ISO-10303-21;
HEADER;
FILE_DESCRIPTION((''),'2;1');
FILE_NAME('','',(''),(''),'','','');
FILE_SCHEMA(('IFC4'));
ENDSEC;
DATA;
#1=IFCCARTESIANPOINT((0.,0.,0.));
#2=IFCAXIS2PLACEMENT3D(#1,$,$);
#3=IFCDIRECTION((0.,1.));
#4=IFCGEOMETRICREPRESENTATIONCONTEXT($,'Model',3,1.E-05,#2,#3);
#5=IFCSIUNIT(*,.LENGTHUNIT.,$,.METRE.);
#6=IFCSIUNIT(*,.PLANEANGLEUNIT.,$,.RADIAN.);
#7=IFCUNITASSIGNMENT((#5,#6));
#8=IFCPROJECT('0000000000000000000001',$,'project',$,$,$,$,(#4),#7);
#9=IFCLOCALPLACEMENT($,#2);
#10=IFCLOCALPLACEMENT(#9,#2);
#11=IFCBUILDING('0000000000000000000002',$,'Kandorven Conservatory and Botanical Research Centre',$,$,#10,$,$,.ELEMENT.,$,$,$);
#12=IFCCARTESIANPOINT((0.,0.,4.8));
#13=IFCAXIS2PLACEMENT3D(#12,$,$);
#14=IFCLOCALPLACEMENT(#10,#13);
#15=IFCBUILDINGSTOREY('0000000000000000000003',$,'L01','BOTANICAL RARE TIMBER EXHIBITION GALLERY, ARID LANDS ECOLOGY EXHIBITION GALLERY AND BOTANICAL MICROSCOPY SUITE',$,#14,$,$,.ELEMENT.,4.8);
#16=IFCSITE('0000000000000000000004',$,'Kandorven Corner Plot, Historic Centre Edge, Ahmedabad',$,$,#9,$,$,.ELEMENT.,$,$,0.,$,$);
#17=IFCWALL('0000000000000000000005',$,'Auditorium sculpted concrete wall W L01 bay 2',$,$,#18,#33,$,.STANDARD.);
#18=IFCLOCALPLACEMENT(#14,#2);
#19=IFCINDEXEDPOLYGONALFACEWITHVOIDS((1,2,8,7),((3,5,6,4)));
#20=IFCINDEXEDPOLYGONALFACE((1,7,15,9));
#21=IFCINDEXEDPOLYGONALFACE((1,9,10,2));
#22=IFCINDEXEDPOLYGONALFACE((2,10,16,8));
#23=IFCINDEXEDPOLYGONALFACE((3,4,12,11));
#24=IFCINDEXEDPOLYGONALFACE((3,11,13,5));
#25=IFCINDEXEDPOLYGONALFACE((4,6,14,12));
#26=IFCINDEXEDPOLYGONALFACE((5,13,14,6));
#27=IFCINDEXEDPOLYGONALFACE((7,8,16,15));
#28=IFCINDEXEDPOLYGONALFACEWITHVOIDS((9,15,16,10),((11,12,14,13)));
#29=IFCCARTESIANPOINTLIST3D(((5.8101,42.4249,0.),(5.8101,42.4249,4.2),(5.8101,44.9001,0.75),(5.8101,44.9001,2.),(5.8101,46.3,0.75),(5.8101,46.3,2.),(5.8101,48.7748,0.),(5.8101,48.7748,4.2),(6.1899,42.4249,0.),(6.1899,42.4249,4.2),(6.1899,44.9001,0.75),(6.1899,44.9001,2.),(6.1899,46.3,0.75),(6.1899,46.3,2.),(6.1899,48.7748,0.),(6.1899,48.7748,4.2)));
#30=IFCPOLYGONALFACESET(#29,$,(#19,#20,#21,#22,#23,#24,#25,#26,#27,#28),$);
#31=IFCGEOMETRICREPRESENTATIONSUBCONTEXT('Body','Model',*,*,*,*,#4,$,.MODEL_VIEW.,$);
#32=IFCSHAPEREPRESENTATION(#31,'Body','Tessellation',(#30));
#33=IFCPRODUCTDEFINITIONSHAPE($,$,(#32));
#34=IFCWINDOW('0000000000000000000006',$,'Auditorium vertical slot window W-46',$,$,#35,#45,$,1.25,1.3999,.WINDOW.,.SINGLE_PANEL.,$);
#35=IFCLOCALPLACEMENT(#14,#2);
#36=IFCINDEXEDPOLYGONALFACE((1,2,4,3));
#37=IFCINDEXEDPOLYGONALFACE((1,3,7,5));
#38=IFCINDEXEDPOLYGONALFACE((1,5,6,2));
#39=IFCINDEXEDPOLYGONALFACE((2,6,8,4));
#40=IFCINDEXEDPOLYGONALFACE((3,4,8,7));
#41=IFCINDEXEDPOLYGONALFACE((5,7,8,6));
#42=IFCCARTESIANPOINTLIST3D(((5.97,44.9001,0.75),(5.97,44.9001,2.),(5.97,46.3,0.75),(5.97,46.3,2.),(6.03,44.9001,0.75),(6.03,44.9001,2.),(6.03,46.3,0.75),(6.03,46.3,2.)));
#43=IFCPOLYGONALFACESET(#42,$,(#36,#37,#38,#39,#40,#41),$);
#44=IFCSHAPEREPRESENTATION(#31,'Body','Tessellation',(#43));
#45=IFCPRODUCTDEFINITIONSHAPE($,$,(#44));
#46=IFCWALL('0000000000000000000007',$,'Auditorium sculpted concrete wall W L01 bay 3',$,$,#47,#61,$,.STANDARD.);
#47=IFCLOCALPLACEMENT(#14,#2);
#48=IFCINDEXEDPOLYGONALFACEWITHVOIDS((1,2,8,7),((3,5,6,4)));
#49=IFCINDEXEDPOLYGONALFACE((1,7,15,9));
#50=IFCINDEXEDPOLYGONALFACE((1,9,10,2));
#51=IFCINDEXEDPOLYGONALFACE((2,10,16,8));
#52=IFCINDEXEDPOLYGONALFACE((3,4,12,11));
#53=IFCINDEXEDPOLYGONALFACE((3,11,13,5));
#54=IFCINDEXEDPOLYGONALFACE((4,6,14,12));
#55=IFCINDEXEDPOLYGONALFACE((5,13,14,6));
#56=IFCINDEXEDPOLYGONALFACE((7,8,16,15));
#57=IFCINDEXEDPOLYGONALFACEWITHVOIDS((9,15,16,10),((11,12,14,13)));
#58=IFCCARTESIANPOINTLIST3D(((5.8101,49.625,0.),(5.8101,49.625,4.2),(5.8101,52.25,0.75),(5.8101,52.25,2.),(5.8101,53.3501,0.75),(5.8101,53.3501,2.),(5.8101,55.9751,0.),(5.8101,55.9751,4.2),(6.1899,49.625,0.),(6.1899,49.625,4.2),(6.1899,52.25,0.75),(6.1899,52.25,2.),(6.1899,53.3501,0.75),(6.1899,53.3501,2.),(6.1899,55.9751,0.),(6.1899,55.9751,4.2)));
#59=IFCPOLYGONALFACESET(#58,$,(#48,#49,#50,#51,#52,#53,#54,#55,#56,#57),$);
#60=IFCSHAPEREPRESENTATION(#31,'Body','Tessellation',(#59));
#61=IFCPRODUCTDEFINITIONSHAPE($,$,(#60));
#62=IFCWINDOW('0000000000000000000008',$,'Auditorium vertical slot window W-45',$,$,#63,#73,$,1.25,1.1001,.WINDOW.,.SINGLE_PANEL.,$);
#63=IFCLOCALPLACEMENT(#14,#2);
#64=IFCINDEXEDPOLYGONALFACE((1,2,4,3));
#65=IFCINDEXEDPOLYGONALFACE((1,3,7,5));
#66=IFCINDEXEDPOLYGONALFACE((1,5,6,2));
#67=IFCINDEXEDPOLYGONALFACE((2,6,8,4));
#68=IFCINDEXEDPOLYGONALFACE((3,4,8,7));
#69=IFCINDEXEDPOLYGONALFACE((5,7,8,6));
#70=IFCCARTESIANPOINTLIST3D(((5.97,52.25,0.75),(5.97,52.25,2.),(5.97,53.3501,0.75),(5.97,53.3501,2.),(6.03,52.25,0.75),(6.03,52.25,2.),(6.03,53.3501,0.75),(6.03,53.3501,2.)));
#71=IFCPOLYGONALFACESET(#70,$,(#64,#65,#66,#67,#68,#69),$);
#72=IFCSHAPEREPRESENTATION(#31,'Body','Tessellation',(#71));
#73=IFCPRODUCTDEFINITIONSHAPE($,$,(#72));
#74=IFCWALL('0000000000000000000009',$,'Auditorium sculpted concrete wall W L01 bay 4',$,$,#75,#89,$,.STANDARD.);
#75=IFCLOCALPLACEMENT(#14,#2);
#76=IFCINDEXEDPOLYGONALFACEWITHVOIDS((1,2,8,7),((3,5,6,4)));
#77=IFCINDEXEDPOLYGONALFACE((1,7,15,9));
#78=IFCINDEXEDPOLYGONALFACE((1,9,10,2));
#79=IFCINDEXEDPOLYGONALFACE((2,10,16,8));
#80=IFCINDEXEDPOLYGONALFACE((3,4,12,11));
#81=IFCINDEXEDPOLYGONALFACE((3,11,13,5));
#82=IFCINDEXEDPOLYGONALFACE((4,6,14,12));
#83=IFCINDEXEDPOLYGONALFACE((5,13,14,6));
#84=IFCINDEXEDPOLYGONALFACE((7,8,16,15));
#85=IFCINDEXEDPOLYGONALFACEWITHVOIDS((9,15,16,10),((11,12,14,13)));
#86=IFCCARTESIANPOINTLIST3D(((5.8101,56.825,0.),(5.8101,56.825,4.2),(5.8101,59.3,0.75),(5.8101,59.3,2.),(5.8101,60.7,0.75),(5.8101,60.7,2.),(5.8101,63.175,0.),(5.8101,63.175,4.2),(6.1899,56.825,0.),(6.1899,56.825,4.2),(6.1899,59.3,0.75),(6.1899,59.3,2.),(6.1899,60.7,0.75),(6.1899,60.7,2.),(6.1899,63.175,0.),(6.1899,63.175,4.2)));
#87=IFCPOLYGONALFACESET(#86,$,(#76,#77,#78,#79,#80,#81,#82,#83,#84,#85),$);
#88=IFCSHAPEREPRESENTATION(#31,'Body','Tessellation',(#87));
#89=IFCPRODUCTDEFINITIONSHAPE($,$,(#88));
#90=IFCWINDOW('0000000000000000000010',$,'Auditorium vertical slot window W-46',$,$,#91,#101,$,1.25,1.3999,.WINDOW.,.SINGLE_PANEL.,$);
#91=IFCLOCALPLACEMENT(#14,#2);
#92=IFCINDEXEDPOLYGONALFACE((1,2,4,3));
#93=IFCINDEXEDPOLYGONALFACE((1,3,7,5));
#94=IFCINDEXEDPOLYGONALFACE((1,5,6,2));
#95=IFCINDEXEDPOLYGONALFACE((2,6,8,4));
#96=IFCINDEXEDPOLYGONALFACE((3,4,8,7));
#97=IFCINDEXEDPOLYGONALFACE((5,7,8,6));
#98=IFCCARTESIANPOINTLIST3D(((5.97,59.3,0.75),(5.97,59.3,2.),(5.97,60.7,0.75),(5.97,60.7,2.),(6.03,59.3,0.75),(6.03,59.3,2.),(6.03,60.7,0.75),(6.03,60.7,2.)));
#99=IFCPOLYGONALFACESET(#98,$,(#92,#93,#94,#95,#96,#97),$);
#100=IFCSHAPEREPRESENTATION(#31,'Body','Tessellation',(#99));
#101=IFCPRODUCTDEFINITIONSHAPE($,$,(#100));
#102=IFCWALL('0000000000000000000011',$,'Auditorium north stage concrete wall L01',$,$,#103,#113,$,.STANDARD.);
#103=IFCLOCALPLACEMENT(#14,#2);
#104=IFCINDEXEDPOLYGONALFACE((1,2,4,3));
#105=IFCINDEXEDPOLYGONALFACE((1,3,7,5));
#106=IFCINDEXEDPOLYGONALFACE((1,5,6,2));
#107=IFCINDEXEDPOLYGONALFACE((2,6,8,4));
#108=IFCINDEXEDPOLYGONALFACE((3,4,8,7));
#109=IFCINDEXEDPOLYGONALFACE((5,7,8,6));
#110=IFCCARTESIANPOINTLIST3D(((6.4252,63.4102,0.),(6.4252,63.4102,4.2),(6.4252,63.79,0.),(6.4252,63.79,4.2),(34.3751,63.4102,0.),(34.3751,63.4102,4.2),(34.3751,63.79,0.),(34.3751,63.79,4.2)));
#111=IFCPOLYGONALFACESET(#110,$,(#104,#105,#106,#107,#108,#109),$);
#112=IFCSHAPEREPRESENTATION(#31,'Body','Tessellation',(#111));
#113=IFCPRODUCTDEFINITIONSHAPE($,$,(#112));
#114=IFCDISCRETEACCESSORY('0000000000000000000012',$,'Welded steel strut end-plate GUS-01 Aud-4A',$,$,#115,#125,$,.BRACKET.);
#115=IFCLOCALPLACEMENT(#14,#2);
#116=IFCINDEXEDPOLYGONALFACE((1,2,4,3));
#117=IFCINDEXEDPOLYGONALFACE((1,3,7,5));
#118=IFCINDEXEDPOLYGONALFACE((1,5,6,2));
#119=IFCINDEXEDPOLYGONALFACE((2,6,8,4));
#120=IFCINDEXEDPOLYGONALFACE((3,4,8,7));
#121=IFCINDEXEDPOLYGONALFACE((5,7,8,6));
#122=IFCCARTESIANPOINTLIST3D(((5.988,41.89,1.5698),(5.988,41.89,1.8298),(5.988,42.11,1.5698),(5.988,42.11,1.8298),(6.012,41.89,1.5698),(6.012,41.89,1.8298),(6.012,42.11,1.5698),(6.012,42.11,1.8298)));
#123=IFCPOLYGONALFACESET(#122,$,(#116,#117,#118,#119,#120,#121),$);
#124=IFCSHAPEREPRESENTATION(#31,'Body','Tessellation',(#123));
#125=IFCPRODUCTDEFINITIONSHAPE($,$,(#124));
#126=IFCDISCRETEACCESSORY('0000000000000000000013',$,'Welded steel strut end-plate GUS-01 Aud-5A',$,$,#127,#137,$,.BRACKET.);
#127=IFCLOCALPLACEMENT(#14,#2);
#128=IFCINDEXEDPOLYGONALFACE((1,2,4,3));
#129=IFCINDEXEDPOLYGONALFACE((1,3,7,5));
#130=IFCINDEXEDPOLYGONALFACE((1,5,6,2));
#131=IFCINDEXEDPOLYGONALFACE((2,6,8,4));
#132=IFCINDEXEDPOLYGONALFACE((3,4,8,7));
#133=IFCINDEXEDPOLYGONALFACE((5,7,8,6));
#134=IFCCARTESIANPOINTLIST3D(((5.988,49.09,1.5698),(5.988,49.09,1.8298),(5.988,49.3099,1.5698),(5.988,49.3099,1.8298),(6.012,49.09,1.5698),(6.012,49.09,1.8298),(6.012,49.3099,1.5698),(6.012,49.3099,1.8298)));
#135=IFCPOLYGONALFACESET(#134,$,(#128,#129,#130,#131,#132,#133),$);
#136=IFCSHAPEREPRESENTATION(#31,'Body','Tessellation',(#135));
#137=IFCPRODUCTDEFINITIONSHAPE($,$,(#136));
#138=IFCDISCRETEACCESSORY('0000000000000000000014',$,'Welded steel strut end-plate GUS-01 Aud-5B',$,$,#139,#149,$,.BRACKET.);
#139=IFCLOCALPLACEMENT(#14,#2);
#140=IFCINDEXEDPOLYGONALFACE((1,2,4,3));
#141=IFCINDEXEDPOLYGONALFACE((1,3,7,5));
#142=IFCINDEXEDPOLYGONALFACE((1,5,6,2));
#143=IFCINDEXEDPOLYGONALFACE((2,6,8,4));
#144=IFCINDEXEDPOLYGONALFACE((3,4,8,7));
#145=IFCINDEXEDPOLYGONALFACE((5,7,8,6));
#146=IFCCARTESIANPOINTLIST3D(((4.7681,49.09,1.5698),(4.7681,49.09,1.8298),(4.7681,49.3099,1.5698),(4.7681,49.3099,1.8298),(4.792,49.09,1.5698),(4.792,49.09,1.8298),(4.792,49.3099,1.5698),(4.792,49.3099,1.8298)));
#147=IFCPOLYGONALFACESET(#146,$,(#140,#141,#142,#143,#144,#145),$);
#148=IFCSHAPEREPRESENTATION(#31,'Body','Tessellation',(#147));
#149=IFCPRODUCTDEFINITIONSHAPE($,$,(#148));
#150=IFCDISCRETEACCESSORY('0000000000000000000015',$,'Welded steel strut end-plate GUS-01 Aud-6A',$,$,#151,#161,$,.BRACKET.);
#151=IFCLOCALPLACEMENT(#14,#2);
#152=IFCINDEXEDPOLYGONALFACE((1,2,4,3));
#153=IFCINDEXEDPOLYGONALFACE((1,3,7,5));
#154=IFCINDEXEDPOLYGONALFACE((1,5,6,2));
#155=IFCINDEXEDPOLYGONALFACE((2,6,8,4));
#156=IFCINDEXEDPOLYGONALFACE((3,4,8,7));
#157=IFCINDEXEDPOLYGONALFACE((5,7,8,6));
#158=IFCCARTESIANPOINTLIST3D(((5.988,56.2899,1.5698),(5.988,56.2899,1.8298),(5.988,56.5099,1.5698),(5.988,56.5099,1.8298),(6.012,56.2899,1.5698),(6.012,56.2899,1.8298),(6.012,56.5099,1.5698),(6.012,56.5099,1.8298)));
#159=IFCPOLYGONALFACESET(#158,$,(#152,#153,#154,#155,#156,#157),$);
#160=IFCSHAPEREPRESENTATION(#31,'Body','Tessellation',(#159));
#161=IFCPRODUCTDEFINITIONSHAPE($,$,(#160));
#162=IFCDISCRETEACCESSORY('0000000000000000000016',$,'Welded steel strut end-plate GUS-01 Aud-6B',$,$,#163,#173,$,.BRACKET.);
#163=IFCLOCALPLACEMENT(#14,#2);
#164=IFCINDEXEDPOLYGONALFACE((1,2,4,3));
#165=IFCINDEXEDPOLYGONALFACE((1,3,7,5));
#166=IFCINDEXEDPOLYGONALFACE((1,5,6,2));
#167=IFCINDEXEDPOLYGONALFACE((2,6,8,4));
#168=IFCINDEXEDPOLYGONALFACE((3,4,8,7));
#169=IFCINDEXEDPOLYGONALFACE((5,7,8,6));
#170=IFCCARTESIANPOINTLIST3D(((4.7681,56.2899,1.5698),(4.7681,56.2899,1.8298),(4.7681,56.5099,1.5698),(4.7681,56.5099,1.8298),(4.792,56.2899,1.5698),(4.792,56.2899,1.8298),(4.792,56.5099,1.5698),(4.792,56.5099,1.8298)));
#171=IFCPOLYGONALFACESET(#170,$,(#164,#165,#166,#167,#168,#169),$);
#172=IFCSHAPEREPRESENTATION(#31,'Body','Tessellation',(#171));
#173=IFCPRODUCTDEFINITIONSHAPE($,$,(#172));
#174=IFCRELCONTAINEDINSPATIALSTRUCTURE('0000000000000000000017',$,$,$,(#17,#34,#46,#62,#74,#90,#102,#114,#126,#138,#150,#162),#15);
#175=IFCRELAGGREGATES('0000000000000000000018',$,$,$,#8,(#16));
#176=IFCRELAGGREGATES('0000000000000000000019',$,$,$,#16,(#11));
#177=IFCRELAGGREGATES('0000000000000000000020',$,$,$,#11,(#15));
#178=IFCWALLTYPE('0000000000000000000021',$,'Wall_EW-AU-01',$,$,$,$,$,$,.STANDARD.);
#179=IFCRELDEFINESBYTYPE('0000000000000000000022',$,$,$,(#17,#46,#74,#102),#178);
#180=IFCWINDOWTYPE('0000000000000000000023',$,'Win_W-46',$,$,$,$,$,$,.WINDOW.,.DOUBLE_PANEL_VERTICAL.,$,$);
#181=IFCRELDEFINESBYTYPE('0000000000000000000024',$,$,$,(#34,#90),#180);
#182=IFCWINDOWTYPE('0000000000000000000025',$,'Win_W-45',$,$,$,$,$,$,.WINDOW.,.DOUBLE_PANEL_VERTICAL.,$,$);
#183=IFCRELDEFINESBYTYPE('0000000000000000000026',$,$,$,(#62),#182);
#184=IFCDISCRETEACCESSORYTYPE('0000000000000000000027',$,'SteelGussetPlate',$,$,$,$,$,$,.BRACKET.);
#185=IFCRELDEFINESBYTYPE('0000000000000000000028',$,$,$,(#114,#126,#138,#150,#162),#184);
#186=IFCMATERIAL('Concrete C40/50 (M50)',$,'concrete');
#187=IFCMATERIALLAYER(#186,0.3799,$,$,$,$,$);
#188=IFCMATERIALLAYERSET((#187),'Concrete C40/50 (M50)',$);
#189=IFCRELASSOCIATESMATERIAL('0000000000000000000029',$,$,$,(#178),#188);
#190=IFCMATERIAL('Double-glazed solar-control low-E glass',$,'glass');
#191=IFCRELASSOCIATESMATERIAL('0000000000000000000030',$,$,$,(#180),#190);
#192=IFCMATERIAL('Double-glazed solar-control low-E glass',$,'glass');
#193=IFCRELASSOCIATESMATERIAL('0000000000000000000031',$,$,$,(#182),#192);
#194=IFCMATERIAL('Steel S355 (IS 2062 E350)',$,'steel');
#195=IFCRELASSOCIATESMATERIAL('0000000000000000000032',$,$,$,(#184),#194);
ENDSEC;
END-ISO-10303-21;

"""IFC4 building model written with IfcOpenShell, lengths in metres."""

from ifc_helpers import new_model, si_unit, direction, frame, frame_2d, origin, origin_2d, place, context, subcontext, project, spatial, rectangle, extrude, material, layer, layer_set, type_object, element, fill, save


model = new_model("IFC4")

# Units and contexts
model_context = context("Model", 3, precision=1e-05, world=origin(), true_north=direction((0.0, 1.0)))
body_context = subcontext(model_context, "Body", "Model", "MODEL_VIEW")
ifc_project = project(units=[si_unit("LENGTHUNIT", "METRE"), si_unit("PLANEANGLEUNIT", "RADIAN")], contexts=[model_context])

# Site, building, storey
site_placement = place(None, origin())
site = spatial("IfcSite", under=ifc_project, at=site_placement, Name="Kandorven Corner Plot, Historic Centre Edge, Ahmedabad", CompositionType="ELEMENT", RefElevation=0.0)
building_placement = place(site_placement, origin())
building = spatial("IfcBuilding", under=site, at=building_placement, Name="Kandorven Conservatory and Botanical Research Centre", CompositionType="ELEMENT")
storey_placement = place(building_placement, frame((0.0, 0.0, 4.8)))
storey = spatial("IfcBuildingStorey", under=building, at=storey_placement, Name="L01", Description="BOTANICAL RARE TIMBER EXHIBITION GALLERY, ARID LANDS ECOLOGY EXHIBITION GALLERY AND BOTANICAL MICROSCOPY SUITE", CompositionType="ELEMENT", Elevation=4.8)

# Walls, openings, windows
ifc_material_1 = material(Name="Concrete C40/50 (M50)", Category="concrete")
ifc_layer_1 = layer(ifc_material_1, 0.3799)
ifc_layer_set_1 = layer_set([ifc_layer_1], Name="Concrete C40/50 (M50)")
wall_type = type_object("IfcWallType", Name="Wall_EW-AU-01", PredefinedType="STANDARD", material=ifc_layer_set_1)
wall_1_placement = place(storey_placement, frame((6.0, 42.425, 0.0), z_axis=(0.0, 0.0, 1.0), x_axis=(0.0, 1.0, 0.0)))
wall_1 = element("IfcWall", 1, at=wall_1_placement, inside=storey, type_object=wall_type, Name="Auditorium sculpted concrete wall W L01 bay 2", PredefinedType="STANDARD", context=body_context, shape_type="SweptSolid", body=[
    extrude(rectangle(XDim=6.3499, YDim=0.3799, at=frame_2d((3.1748, 0.0))), origin(), (0.0, 0.0, 1.0), 4.2),
])
opening_1_placement = place(wall_1_placement, frame((2.4751, 0.0, 0.75)))
opening_1 = element("IfcOpeningElement", 2, at=opening_1_placement, cuts=wall_1, PredefinedType="OPENING", context=body_context, shape_type="SweptSolid", body=[
    extrude(rectangle(XDim=1.3999, YDim=1.25, at=frame_2d((0.7, 0.625))), frame((0.0, 0.2, 0.0), z_axis=(0.0, -1.0, 0.0), x_axis=(1.0, 0.0, 0.0)), (0.0, 0.0, 1.0), 0.3999),
])
ifc_material_2 = material(Name="Double-glazed solar-control low-E glass", Category="glass")
window_type_1 = type_object("IfcWindowType", Name="Win_W-46", PartitioningType="DOUBLE_PANEL_VERTICAL", PredefinedType="WINDOW", material=ifc_material_2)
window_1_placement = place(opening_1_placement, origin())
window_1 = element("IfcWindow", 3, at=window_1_placement, inside=storey, type_object=window_type_1, Name="Auditorium vertical slot window W-46", OverallHeight=1.25, OverallWidth=1.3999, PartitioningType="SINGLE_PANEL", PredefinedType="WINDOW", context=body_context, shape_type="SweptSolid", body=[
    extrude(rectangle(XDim=1.3999, YDim=1.25, at=frame_2d((0.7, 0.625))), frame((0.0, 0.03, 0.0), z_axis=(0.0, -1.0, 0.0), x_axis=(1.0, 0.0, 0.0)), (0.0, 0.0, 1.0), 0.0601),
])
fill(opening_1, window_1)
wall_2_placement = place(storey_placement, frame((6.0, 49.625, 0.0), z_axis=(0.0, 0.0, 1.0), x_axis=(0.0, 1.0, 0.0)))
wall_2 = element("IfcWall", 4, at=wall_2_placement, inside=storey, type_object=wall_type, Name="Auditorium sculpted concrete wall W L01 bay 3", PredefinedType="STANDARD", context=body_context, shape_type="SweptSolid", body=[
    extrude(rectangle(XDim=6.3501, YDim=0.3799, at=frame_2d((3.175, 0.0))), origin(), (0.0, 0.0, 1.0), 4.2),
])
opening_2_placement = place(wall_2_placement, frame((2.625, 0.0, 0.75)))
opening_2 = element("IfcOpeningElement", 5, at=opening_2_placement, cuts=wall_2, PredefinedType="OPENING", context=body_context, shape_type="SweptSolid", body=[
    extrude(rectangle(XDim=1.1001, YDim=1.25, at=frame_2d((0.55, 0.625))), frame((0.0, 0.2, 0.0), z_axis=(0.0, -1.0, 0.0), x_axis=(1.0, 0.0, 0.0)), (0.0, 0.0, 1.0), 0.3999),
])
ifc_material_3 = material(Name="Double-glazed solar-control low-E glass", Category="glass")
window_type_2 = type_object("IfcWindowType", Name="Win_W-45", PartitioningType="DOUBLE_PANEL_VERTICAL", PredefinedType="WINDOW", material=ifc_material_3)
window_2_placement = place(opening_2_placement, origin())
window_2 = element("IfcWindow", 6, at=window_2_placement, inside=storey, type_object=window_type_2, Name="Auditorium vertical slot window W-45", OverallHeight=1.25, OverallWidth=1.1001, PartitioningType="SINGLE_PANEL", PredefinedType="WINDOW", context=body_context, shape_type="SweptSolid", body=[
    extrude(rectangle(XDim=1.1001, YDim=1.25, at=frame_2d((0.55, 0.625))), frame((0.0, 0.03, 0.0), z_axis=(0.0, -1.0, 0.0), x_axis=(1.0, 0.0, 0.0)), (0.0, 0.0, 1.0), 0.0601),
])
fill(opening_2, window_2)
wall_3_placement = place(storey_placement, frame((6.0, 56.825, 0.0), z_axis=(0.0, 0.0, 1.0), x_axis=(0.0, 1.0, 0.0)))
wall_3 = element("IfcWall", 7, at=wall_3_placement, inside=storey, type_object=wall_type, Name="Auditorium sculpted concrete wall W L01 bay 4", PredefinedType="STANDARD", context=body_context, shape_type="SweptSolid", body=[
    extrude(rectangle(XDim=6.3501, YDim=0.3799, at=frame_2d((3.175, 0.0))), origin(), (0.0, 0.0, 1.0), 4.2),
])
opening_3_placement = place(wall_3_placement, frame((2.4751, 0.0, 0.75)))
opening_3 = element("IfcOpeningElement", 8, at=opening_3_placement, cuts=wall_3, PredefinedType="OPENING", context=body_context, shape_type="SweptSolid", body=[
    extrude(rectangle(XDim=1.3999, YDim=1.25, at=frame_2d((0.7, 0.625))), frame((0.0, 0.2, 0.0), z_axis=(0.0, -1.0, 0.0), x_axis=(1.0, 0.0, 0.0)), (0.0, 0.0, 1.0), 0.3999),
])
window_3_placement = place(opening_3_placement, origin())
window_3 = element("IfcWindow", 9, at=window_3_placement, inside=storey, type_object=window_type_1, Name="Auditorium vertical slot window W-46", OverallHeight=1.25, OverallWidth=1.3999, PartitioningType="SINGLE_PANEL", PredefinedType="WINDOW", context=body_context, shape_type="SweptSolid", body=[
    extrude(rectangle(XDim=1.3999, YDim=1.25, at=frame_2d((0.7, 0.625))), frame((0.0, 0.03, 0.0), z_axis=(0.0, -1.0, 0.0), x_axis=(1.0, 0.0, 0.0)), (0.0, 0.0, 1.0), 0.0601),
])
fill(opening_3, window_3)

# Wall
wall_4_placement = place(storey_placement, frame((6.425, 63.6001, 0.0), z_axis=(0.0, 0.0, 1.0), x_axis=(1.0, 0.0, 0.0)))
element("IfcWall", 10, at=wall_4_placement, inside=storey, type_object=wall_type, Name="Auditorium north stage concrete wall L01", PredefinedType="STANDARD", context=body_context, shape_type="SweptSolid", body=[
    extrude(rectangle(XDim=27.95, YDim=0.3799, at=frame_2d((13.9751, 0.0))), origin(), (0.0, 0.0, 1.0), 4.2),
])

# Discrete accessories
ifc_material_4 = material(Name="Steel S355 (IS 2062 E350)", Category="steel")
discrete_accessory_type = type_object("IfcDiscreteAccessoryType", Name="SteelGussetPlate", PredefinedType="BRACKET", material=ifc_material_4)
for number, where, z_axis, x_axis, name in (
    (11, (6.0, 42.0, 1.5698), (0.0, 0.0, 1.0), (1.0, 0.0, 0.0), "Welded steel strut end-plate GUS-01 Aud-4A"),
    (12, (6.0, 49.2, 1.5698), (0.0, 0.0, 1.0), (1.0, 0.0, 0.0), "Welded steel strut end-plate GUS-01 Aud-5A"),
    (13, (4.78, 49.2, 1.5698), (0.0, 0.0, 1.0), (1.0, 0.0, 0.0), "Welded steel strut end-plate GUS-01 Aud-5B"),
    (14, (6.0, 56.3999, 1.5698), (0.0, 0.0, 1.0), (1.0, 0.0, 0.0), "Welded steel strut end-plate GUS-01 Aud-6A"),
    (15, (4.78, 56.3999, 1.5698), (0.0, 0.0, 1.0), (1.0, 0.0, 0.0), "Welded steel strut end-plate GUS-01 Aud-6B"),
):
    element("IfcDiscreteAccessory", number, at=place(storey_placement, frame(where, z_axis=z_axis, x_axis=x_axis)), inside=storey, type_object=discrete_accessory_type, Name=name, PredefinedType="BRACKET", context=body_context, shape_type="SweptSolid", body=[
        extrude(rectangle(XDim=0.0239, YDim=0.22, at=origin_2d()), origin(), (0.0, 0.0, 1.0), 0.26),
    ])

save(model, "model.ifc")
